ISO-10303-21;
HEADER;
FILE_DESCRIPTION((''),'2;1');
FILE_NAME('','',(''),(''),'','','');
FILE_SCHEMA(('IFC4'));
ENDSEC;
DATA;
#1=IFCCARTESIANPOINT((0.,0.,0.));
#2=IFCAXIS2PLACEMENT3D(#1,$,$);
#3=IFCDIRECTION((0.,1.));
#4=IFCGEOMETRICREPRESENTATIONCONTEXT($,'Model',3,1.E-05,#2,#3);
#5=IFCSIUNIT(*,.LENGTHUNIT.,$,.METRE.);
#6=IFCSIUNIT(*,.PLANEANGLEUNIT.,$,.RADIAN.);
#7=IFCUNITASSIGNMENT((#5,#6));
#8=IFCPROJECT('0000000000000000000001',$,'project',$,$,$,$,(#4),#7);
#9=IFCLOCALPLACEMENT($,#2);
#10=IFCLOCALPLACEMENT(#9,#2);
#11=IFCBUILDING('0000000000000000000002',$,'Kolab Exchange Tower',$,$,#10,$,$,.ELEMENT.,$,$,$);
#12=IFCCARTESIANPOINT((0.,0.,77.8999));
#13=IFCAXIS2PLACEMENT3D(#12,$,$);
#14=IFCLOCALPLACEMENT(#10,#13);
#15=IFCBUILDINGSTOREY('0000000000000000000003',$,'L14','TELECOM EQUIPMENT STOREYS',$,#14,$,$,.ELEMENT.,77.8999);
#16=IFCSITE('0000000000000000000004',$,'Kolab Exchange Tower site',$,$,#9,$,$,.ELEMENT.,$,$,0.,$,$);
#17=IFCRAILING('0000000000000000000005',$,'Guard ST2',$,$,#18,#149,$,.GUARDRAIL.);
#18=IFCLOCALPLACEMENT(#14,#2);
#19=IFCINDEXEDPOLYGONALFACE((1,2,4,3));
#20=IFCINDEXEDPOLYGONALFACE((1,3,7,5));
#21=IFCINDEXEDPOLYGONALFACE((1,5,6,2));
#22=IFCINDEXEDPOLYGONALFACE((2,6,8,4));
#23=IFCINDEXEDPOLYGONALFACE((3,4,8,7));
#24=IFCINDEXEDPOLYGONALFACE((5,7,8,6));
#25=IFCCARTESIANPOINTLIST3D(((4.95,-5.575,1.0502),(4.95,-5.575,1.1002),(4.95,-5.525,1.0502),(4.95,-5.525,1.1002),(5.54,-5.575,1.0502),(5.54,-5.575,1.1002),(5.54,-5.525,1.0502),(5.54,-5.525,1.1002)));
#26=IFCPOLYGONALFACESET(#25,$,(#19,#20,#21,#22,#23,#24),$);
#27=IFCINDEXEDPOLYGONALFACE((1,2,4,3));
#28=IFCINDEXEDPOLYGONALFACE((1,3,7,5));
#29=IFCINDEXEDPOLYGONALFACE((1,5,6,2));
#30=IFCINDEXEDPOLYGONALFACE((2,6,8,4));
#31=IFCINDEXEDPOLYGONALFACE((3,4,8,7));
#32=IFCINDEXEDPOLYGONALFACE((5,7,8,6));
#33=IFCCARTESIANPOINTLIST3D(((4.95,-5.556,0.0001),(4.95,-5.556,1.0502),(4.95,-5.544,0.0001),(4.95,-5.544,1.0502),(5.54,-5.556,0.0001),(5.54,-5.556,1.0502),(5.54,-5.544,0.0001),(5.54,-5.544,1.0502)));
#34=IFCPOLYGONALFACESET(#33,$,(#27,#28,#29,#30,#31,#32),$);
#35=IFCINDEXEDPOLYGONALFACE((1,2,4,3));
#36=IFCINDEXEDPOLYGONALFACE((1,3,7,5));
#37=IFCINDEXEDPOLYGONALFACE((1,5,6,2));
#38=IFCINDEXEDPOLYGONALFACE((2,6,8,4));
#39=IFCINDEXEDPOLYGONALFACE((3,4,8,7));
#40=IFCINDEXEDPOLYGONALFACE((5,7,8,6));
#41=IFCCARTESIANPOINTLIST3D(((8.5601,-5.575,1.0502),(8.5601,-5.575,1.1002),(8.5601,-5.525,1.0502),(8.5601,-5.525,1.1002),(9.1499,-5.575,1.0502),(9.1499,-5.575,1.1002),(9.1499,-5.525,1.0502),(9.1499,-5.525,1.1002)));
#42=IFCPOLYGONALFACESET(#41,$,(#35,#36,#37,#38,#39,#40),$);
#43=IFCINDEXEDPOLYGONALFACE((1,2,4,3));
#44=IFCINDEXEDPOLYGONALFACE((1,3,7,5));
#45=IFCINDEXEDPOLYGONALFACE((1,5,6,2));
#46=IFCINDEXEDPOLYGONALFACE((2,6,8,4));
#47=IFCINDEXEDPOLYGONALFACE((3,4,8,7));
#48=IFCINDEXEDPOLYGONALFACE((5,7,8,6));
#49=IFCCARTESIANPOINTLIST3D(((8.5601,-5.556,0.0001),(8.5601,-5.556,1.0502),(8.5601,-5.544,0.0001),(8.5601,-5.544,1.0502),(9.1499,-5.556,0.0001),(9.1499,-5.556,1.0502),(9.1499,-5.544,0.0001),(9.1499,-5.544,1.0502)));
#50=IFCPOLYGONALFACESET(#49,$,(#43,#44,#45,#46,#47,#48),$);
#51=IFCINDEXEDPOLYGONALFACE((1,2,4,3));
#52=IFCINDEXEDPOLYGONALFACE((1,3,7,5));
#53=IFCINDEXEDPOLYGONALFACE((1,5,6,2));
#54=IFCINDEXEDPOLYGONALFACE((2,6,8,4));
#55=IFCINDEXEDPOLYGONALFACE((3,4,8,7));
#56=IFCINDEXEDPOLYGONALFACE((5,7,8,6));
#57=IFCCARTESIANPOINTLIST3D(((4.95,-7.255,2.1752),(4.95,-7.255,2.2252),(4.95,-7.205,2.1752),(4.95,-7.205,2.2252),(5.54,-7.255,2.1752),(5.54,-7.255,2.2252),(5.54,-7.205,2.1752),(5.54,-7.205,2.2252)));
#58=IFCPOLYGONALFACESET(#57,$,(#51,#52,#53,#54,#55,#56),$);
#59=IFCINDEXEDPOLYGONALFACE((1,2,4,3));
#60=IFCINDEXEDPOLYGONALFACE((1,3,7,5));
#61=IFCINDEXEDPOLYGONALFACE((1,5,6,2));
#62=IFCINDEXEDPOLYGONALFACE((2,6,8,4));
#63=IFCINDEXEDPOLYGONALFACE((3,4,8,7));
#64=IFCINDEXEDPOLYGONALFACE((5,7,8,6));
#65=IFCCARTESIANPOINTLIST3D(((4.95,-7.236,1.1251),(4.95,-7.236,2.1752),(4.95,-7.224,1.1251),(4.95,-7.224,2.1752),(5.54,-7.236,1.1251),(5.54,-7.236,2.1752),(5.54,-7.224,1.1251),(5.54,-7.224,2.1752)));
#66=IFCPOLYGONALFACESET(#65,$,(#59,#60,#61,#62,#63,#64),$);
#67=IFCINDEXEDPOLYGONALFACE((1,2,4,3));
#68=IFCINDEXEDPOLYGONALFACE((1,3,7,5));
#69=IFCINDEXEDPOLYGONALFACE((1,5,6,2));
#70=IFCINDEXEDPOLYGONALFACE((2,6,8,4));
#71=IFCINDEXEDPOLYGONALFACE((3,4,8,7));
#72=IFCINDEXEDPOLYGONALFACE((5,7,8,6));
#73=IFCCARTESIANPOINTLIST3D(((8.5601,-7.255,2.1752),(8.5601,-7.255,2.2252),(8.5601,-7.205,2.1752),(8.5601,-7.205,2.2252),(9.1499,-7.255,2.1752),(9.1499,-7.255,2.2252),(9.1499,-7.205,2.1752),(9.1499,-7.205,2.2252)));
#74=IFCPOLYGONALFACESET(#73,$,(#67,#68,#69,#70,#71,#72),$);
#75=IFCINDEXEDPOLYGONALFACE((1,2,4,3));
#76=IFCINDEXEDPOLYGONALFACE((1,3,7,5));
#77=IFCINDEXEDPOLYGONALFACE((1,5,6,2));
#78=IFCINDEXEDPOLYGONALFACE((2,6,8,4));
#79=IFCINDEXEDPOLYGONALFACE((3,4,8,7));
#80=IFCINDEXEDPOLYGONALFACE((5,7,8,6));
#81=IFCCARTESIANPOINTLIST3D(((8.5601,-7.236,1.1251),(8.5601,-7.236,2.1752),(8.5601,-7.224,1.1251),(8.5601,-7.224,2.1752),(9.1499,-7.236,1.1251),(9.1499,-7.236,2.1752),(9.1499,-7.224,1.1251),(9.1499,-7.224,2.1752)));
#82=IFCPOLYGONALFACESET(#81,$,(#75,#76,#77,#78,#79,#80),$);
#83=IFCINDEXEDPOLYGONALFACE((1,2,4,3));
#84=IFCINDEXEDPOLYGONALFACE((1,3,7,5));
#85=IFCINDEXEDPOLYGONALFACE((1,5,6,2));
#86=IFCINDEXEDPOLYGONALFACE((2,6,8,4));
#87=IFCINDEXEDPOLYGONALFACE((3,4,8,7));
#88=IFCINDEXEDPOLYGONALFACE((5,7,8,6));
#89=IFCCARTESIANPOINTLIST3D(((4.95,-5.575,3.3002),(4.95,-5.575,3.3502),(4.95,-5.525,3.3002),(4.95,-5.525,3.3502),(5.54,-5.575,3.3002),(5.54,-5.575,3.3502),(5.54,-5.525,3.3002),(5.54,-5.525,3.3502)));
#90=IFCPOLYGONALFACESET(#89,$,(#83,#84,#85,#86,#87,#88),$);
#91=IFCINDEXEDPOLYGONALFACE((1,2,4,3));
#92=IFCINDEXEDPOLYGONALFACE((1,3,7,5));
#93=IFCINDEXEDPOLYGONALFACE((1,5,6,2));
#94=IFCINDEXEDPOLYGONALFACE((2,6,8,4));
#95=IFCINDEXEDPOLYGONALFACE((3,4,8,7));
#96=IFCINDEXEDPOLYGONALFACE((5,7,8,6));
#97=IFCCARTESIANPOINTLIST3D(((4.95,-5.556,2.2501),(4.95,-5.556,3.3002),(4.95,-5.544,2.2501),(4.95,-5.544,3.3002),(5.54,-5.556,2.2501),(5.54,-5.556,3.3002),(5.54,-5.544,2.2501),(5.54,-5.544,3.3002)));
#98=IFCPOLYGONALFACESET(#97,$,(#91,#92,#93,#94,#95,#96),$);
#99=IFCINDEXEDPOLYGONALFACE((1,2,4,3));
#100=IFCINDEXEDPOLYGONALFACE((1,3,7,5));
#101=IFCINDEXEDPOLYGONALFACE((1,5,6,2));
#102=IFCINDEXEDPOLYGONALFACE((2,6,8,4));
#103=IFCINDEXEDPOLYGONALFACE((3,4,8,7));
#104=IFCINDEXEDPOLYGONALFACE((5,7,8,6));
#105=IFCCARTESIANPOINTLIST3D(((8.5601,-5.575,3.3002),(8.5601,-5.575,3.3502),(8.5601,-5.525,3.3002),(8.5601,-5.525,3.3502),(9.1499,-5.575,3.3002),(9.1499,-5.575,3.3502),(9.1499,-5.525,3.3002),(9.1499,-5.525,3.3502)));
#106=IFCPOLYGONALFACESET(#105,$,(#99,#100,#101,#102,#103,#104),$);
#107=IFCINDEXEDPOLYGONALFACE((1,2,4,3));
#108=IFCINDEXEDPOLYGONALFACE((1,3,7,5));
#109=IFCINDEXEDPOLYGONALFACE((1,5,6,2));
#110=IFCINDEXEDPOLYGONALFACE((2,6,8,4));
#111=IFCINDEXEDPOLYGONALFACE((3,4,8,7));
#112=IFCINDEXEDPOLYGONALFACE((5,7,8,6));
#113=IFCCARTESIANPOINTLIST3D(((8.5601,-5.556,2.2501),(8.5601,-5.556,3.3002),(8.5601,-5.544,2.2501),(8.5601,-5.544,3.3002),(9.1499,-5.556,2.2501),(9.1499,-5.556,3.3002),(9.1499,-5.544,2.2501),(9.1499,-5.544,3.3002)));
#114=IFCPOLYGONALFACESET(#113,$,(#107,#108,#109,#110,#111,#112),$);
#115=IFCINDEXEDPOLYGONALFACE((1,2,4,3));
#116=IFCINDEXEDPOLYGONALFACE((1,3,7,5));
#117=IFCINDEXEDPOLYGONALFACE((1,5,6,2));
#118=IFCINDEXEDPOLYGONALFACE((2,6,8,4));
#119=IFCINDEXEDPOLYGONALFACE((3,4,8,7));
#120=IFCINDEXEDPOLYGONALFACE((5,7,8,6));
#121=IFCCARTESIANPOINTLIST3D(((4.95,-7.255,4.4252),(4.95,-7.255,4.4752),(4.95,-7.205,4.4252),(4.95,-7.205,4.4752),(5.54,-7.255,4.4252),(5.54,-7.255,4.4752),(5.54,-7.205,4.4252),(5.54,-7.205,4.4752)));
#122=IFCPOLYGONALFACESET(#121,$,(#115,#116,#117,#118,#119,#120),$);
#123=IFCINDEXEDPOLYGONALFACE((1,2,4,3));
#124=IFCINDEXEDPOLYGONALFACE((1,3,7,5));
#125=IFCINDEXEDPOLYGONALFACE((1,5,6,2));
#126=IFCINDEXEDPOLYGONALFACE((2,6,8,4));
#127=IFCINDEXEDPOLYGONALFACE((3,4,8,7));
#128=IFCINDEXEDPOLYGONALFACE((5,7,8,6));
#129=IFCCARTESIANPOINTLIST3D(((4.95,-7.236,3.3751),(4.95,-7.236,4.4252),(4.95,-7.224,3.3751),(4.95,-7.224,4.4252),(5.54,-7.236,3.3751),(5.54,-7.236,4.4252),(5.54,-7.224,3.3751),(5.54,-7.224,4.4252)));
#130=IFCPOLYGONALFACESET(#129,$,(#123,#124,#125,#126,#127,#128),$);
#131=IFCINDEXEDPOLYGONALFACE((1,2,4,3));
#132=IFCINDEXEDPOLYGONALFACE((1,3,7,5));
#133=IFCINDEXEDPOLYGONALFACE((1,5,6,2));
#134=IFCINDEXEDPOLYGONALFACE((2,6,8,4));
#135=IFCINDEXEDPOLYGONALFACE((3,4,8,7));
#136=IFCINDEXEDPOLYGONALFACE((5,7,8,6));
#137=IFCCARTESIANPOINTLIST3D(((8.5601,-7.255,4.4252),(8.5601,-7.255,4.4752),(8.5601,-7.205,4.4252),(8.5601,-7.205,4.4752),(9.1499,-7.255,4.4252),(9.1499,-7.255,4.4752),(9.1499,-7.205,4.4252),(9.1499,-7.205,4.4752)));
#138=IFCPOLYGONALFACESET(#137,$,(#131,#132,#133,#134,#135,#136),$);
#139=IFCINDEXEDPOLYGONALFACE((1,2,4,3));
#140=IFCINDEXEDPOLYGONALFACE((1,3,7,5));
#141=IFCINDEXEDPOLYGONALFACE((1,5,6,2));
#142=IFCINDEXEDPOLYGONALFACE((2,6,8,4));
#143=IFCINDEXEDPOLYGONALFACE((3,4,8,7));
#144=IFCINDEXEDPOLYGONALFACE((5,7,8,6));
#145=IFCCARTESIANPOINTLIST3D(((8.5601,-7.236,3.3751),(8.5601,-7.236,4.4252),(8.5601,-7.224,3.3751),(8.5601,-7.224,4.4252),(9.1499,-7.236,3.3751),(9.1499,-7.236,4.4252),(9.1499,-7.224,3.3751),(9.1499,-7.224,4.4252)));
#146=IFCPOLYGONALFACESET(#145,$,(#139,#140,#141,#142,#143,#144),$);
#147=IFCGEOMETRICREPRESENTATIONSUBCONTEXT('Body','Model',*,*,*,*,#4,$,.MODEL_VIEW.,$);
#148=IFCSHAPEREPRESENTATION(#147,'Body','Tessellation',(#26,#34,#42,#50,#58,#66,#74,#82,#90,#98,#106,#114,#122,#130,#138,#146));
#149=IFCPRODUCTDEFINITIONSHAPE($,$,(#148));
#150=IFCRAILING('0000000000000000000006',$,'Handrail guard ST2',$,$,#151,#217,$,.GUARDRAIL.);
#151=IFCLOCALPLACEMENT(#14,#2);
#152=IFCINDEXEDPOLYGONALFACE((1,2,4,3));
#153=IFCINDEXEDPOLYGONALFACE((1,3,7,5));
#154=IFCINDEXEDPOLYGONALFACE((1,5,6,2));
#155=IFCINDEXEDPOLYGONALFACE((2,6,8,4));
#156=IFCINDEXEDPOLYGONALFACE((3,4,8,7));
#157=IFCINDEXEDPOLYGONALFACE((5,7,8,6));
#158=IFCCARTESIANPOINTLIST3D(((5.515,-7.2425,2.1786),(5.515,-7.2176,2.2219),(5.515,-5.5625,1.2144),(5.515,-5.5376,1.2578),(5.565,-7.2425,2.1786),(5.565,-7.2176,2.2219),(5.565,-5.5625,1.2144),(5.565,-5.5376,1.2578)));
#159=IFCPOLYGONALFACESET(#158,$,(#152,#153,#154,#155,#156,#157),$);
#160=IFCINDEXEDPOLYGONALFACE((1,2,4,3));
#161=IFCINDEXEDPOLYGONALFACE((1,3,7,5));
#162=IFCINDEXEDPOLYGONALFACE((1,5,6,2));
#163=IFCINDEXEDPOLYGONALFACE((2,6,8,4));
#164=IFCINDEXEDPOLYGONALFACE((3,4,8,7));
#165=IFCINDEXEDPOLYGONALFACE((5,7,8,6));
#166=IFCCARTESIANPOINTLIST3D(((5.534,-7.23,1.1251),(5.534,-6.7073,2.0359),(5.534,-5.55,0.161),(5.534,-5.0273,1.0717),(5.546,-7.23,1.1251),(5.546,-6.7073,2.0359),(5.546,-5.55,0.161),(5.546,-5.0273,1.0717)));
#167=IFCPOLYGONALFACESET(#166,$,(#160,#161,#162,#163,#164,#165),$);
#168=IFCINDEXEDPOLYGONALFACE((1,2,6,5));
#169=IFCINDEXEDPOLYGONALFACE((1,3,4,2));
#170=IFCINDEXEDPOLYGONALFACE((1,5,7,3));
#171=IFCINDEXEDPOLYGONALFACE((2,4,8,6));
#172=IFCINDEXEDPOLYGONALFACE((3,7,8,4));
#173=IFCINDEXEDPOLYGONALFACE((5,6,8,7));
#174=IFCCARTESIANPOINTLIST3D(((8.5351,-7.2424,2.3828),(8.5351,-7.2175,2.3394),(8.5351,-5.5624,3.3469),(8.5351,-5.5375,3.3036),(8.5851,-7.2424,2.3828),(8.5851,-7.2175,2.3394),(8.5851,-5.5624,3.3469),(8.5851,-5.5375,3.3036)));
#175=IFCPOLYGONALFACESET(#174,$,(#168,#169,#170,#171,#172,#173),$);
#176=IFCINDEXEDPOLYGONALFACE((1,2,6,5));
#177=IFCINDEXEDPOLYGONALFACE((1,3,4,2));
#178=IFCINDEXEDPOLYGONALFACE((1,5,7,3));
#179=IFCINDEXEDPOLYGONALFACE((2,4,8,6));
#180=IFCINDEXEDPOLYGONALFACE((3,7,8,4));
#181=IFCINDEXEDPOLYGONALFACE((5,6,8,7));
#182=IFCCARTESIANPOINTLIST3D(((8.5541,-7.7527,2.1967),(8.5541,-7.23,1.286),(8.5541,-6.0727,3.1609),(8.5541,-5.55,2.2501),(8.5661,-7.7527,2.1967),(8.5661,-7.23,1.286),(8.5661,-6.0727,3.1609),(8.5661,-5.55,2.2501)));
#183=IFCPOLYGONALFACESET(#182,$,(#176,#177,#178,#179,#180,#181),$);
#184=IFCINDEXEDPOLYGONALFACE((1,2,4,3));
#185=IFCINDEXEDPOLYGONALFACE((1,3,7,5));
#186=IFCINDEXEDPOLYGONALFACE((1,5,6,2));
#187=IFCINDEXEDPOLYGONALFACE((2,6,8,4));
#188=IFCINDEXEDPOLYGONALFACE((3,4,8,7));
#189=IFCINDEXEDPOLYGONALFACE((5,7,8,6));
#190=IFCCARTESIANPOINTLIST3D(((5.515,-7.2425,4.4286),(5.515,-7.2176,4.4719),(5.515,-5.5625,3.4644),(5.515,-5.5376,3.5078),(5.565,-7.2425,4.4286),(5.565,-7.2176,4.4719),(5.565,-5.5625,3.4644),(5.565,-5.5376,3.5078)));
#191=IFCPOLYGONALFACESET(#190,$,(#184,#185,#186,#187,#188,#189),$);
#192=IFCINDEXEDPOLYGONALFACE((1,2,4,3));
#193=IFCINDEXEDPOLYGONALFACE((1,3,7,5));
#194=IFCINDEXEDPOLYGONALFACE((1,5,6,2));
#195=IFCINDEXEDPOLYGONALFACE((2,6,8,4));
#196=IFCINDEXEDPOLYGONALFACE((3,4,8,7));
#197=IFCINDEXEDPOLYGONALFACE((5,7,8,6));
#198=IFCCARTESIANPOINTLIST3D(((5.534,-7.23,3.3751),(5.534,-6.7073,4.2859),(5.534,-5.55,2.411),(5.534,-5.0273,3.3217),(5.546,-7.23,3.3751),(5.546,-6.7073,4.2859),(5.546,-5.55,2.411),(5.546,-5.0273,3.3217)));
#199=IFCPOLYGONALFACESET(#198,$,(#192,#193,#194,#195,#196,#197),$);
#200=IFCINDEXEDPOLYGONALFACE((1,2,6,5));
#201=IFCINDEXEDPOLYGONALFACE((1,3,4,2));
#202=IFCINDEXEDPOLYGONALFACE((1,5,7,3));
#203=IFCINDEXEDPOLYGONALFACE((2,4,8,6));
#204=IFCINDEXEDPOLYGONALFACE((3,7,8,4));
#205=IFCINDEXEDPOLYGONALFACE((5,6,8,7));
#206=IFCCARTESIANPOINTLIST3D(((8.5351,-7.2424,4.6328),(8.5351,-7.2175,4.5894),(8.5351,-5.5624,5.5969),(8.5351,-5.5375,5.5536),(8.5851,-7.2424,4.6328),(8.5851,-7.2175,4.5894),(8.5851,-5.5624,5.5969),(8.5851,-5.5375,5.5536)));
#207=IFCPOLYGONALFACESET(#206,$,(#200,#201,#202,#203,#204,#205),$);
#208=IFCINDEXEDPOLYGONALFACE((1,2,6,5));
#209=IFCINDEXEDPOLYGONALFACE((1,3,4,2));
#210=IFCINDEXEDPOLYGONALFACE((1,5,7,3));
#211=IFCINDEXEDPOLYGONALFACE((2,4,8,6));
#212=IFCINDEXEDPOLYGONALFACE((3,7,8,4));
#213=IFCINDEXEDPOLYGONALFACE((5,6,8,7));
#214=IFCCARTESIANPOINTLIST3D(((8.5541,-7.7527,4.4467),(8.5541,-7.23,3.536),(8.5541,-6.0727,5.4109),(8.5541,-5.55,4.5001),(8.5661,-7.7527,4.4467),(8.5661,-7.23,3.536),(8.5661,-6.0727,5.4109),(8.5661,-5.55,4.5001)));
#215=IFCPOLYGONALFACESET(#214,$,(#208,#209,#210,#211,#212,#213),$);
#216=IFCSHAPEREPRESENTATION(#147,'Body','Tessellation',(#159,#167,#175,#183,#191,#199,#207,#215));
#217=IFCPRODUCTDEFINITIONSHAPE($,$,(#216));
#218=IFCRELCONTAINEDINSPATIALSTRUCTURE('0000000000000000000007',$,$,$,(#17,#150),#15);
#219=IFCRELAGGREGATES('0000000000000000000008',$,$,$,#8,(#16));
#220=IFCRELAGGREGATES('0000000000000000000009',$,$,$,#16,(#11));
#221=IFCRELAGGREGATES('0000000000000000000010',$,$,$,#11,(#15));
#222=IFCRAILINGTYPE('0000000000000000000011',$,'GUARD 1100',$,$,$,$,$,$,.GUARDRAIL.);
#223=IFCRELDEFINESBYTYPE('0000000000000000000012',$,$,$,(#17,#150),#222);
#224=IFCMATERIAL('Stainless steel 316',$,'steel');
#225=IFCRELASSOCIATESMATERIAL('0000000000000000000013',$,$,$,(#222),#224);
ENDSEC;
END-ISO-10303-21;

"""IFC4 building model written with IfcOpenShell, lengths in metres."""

from ifc_helpers import new_model, si_unit, direction, frame, frame_2d, origin, origin_2d, place, context, subcontext, project, spatial, rectangle, extrude, material, type_object, element, save


model = new_model("IFC4")

# Units and contexts
model_context = context("Model", 3, precision=1e-05, world=origin(), true_north=direction((0.0, 1.0)))
body_context = subcontext(model_context, "Body", "Model", "MODEL_VIEW")
ifc_project = project(units=[si_unit("LENGTHUNIT", "METRE"), si_unit("PLANEANGLEUNIT", "RADIAN")], contexts=[model_context])

# Site, building, storey
site_placement = place(None, origin())
site = spatial("IfcSite", under=ifc_project, at=site_placement, Name="Kolab Exchange Tower site", CompositionType="ELEMENT", RefElevation=0.0)
building_placement = place(site_placement, origin())
building = spatial("IfcBuilding", under=site, at=building_placement, Name="Kolab Exchange Tower", CompositionType="ELEMENT")
storey_placement = place(building_placement, frame((0.0, 0.0, 77.8999)))
storey = spatial("IfcBuildingStorey", under=building, at=storey_placement, Name="L14", Description="TELECOM EQUIPMENT STOREYS", CompositionType="ELEMENT", Elevation=77.8999)

# Shared definitions
ifc_material_1 = material(Name="Stainless steel 316", Category="steel")

# Railings
railing_type = type_object("IfcRailingType", Name="GUARD 1100", PredefinedType="GUARDRAIL", material=ifc_material_1)
railing_1_placement = place(storey_placement, frame((4.95, -5.55, 0.0)))
element("IfcRailing", 1, at=railing_1_placement, inside=storey, type_object=railing_type, Name="Guard ST2", PredefinedType="GUARDRAIL", context=body_context, shape_type="SweptSolid", body=[
    extrude(rectangle(XDim=0.05, YDim=0.05, at=origin_2d()), frame((0.0, 0.0, 1.0752), z_axis=(1.0, 0.0, 0.0), x_axis=(0.0, 1.0, 0.0)), (0.0, 0.0, 1.0), 0.5901),
    extrude(rectangle(XDim=0.012, YDim=1.0501, at=frame_2d((0.0, 0.5251))), frame((0.0, 0.0, 0.0), z_axis=(1.0, 0.0, 0.0), x_axis=(0.0, 1.0, 0.0)), (0.0, 0.0, 1.0), 0.5901),
    extrude(rectangle(XDim=0.05, YDim=0.05, at=origin_2d()), frame((3.6101, 0.0, 1.0752), z_axis=(1.0, 0.0, 0.0), x_axis=(0.0, 1.0, 0.0)), (0.0, 0.0, 1.0), 0.5898),
    extrude(rectangle(XDim=0.012, YDim=1.0501, at=frame_2d((0.0, 0.5251))), frame((3.6101, 0.0, 0.0), z_axis=(1.0, 0.0, 0.0), x_axis=(0.0, 1.0, 0.0)), (0.0, 0.0, 1.0), 0.5898),
    extrude(rectangle(XDim=0.05, YDim=0.05, at=origin_2d()), frame((0.0, -1.6799, 2.2002), z_axis=(1.0, 0.0, 0.0), x_axis=(0.0, 1.0, 0.0)), (0.0, 0.0, 1.0), 0.5901),
    extrude(rectangle(XDim=0.012, YDim=1.0501, at=frame_2d((0.0, 0.5251))), frame((0.0, -1.6799, 1.125), z_axis=(1.0, 0.0, 0.0), x_axis=(0.0, 1.0, 0.0)), (0.0, 0.0, 1.0), 0.5901),
    extrude(rectangle(XDim=0.05, YDim=0.05, at=origin_2d()), frame((3.6101, -1.6799, 2.2002), z_axis=(1.0, 0.0, 0.0), x_axis=(0.0, 1.0, 0.0)), (0.0, 0.0, 1.0), 0.5898),
    extrude(rectangle(XDim=0.012, YDim=1.0501, at=frame_2d((0.0, 0.5251))), frame((3.6101, -1.6799, 1.125), z_axis=(1.0, 0.0, 0.0), x_axis=(0.0, 1.0, 0.0)), (0.0, 0.0, 1.0), 0.5898),
    extrude(rectangle(XDim=0.05, YDim=0.05, at=origin_2d()), frame((0.0, 0.0, 3.3252), z_axis=(1.0, 0.0, 0.0), x_axis=(0.0, 1.0, 0.0)), (0.0, 0.0, 1.0), 0.5901),
    extrude(rectangle(XDim=0.012, YDim=1.0501, at=frame_2d((0.0, 0.5251))), frame((0.0, 0.0, 2.25), z_axis=(1.0, 0.0, 0.0), x_axis=(0.0, 1.0, 0.0)), (0.0, 0.0, 1.0), 0.5901),
    extrude(rectangle(XDim=0.05, YDim=0.05, at=origin_2d()), frame((3.6101, 0.0, 3.3252), z_axis=(1.0, 0.0, 0.0), x_axis=(0.0, 1.0, 0.0)), (0.0, 0.0, 1.0), 0.5898),
    extrude(rectangle(XDim=0.012, YDim=1.0501, at=frame_2d((0.0, 0.5251))), frame((3.6101, 0.0, 2.25), z_axis=(1.0, 0.0, 0.0), x_axis=(0.0, 1.0, 0.0)), (0.0, 0.0, 1.0), 0.5898),
    extrude(rectangle(XDim=0.05, YDim=0.05, at=origin_2d()), frame((0.0, -1.6799, 4.4502), z_axis=(1.0, 0.0, 0.0), x_axis=(0.0, 1.0, 0.0)), (0.0, 0.0, 1.0), 0.5901),
    extrude(rectangle(XDim=0.012, YDim=1.0501, at=frame_2d((0.0, 0.5251))), frame((0.0, -1.6799, 3.375), z_axis=(1.0, 0.0, 0.0), x_axis=(0.0, 1.0, 0.0)), (0.0, 0.0, 1.0), 0.5901),
    extrude(rectangle(XDim=0.05, YDim=0.05, at=origin_2d()), frame((3.6101, -1.6799, 4.4502), z_axis=(1.0, 0.0, 0.0), x_axis=(0.0, 1.0, 0.0)), (0.0, 0.0, 1.0), 0.5898),
    extrude(rectangle(XDim=0.012, YDim=1.0501, at=frame_2d((0.0, 0.5251))), frame((3.6101, -1.6799, 3.375), z_axis=(1.0, 0.0, 0.0), x_axis=(0.0, 1.0, 0.0)), (0.0, 0.0, 1.0), 0.5898),
])
railing_2_placement = place(storey_placement, frame((5.54, -5.55, 0.1609)))
element("IfcRailing", 2, at=railing_2_placement, inside=storey, type_object=railing_type, Name="Handrail guard ST2", PredefinedType="GUARDRAIL", context=body_context, shape_type="SweptSolid", body=[
    extrude(rectangle(XDim=0.05, YDim=0.05, at=origin_2d()), frame((0.0, 0.0, 1.0752), z_axis=(0.0, -0.867319, 0.497753), x_axis=(1.0, 0.0, 0.0)), (0.0, 0.0, 1.0), 1.937),
    extrude(rectangle(XDim=0.012, YDim=1.0501, at=frame_2d((0.0, 0.5251))), frame((0.0, 0.0, 0.0), z_axis=(0.0, -0.867319, 0.497753), x_axis=(1.0, 0.0, 0.0)), (0.0, 0.0, 1.0), 1.937),
    extrude(rectangle(XDim=0.05, YDim=0.05, at=origin_2d()), frame((3.02, -1.6799, 2.2002), z_axis=(0.0, 0.867319, 0.497753), x_axis=(-1.0, 0.0, 0.0)), (0.0, 0.0, 1.0), 1.937),
    extrude(rectangle(XDim=0.012, YDim=1.0501, at=frame_2d((0.0, 0.5251))), frame((3.02, -1.6799, 1.125), z_axis=(0.0, 0.867319, 0.497753), x_axis=(-1.0, 0.0, 0.0)), (0.0, 0.0, 1.0), 1.937),
    extrude(rectangle(XDim=0.05, YDim=0.05, at=origin_2d()), frame((0.0, 0.0, 3.3252), z_axis=(0.0, -0.867319, 0.497753), x_axis=(1.0, 0.0, 0.0)), (0.0, 0.0, 1.0), 1.937),
    extrude(rectangle(XDim=0.012, YDim=1.0501, at=frame_2d((0.0, 0.5251))), frame((0.0, 0.0, 2.25), z_axis=(0.0, -0.867319, 0.497753), x_axis=(1.0, 0.0, 0.0)), (0.0, 0.0, 1.0), 1.937),
    extrude(rectangle(XDim=0.05, YDim=0.05, at=origin_2d()), frame((3.02, -1.6799, 4.4502), z_axis=(0.0, 0.867319, 0.497753), x_axis=(-1.0, 0.0, 0.0)), (0.0, 0.0, 1.0), 1.937),
    extrude(rectangle(XDim=0.012, YDim=1.0501, at=frame_2d((0.0, 0.5251))), frame((3.02, -1.6799, 3.375), z_axis=(0.0, 0.867319, 0.497753), x_axis=(-1.0, 0.0, 0.0)), (0.0, 0.0, 1.0), 1.937),
])

save(model, "model.ifc")
